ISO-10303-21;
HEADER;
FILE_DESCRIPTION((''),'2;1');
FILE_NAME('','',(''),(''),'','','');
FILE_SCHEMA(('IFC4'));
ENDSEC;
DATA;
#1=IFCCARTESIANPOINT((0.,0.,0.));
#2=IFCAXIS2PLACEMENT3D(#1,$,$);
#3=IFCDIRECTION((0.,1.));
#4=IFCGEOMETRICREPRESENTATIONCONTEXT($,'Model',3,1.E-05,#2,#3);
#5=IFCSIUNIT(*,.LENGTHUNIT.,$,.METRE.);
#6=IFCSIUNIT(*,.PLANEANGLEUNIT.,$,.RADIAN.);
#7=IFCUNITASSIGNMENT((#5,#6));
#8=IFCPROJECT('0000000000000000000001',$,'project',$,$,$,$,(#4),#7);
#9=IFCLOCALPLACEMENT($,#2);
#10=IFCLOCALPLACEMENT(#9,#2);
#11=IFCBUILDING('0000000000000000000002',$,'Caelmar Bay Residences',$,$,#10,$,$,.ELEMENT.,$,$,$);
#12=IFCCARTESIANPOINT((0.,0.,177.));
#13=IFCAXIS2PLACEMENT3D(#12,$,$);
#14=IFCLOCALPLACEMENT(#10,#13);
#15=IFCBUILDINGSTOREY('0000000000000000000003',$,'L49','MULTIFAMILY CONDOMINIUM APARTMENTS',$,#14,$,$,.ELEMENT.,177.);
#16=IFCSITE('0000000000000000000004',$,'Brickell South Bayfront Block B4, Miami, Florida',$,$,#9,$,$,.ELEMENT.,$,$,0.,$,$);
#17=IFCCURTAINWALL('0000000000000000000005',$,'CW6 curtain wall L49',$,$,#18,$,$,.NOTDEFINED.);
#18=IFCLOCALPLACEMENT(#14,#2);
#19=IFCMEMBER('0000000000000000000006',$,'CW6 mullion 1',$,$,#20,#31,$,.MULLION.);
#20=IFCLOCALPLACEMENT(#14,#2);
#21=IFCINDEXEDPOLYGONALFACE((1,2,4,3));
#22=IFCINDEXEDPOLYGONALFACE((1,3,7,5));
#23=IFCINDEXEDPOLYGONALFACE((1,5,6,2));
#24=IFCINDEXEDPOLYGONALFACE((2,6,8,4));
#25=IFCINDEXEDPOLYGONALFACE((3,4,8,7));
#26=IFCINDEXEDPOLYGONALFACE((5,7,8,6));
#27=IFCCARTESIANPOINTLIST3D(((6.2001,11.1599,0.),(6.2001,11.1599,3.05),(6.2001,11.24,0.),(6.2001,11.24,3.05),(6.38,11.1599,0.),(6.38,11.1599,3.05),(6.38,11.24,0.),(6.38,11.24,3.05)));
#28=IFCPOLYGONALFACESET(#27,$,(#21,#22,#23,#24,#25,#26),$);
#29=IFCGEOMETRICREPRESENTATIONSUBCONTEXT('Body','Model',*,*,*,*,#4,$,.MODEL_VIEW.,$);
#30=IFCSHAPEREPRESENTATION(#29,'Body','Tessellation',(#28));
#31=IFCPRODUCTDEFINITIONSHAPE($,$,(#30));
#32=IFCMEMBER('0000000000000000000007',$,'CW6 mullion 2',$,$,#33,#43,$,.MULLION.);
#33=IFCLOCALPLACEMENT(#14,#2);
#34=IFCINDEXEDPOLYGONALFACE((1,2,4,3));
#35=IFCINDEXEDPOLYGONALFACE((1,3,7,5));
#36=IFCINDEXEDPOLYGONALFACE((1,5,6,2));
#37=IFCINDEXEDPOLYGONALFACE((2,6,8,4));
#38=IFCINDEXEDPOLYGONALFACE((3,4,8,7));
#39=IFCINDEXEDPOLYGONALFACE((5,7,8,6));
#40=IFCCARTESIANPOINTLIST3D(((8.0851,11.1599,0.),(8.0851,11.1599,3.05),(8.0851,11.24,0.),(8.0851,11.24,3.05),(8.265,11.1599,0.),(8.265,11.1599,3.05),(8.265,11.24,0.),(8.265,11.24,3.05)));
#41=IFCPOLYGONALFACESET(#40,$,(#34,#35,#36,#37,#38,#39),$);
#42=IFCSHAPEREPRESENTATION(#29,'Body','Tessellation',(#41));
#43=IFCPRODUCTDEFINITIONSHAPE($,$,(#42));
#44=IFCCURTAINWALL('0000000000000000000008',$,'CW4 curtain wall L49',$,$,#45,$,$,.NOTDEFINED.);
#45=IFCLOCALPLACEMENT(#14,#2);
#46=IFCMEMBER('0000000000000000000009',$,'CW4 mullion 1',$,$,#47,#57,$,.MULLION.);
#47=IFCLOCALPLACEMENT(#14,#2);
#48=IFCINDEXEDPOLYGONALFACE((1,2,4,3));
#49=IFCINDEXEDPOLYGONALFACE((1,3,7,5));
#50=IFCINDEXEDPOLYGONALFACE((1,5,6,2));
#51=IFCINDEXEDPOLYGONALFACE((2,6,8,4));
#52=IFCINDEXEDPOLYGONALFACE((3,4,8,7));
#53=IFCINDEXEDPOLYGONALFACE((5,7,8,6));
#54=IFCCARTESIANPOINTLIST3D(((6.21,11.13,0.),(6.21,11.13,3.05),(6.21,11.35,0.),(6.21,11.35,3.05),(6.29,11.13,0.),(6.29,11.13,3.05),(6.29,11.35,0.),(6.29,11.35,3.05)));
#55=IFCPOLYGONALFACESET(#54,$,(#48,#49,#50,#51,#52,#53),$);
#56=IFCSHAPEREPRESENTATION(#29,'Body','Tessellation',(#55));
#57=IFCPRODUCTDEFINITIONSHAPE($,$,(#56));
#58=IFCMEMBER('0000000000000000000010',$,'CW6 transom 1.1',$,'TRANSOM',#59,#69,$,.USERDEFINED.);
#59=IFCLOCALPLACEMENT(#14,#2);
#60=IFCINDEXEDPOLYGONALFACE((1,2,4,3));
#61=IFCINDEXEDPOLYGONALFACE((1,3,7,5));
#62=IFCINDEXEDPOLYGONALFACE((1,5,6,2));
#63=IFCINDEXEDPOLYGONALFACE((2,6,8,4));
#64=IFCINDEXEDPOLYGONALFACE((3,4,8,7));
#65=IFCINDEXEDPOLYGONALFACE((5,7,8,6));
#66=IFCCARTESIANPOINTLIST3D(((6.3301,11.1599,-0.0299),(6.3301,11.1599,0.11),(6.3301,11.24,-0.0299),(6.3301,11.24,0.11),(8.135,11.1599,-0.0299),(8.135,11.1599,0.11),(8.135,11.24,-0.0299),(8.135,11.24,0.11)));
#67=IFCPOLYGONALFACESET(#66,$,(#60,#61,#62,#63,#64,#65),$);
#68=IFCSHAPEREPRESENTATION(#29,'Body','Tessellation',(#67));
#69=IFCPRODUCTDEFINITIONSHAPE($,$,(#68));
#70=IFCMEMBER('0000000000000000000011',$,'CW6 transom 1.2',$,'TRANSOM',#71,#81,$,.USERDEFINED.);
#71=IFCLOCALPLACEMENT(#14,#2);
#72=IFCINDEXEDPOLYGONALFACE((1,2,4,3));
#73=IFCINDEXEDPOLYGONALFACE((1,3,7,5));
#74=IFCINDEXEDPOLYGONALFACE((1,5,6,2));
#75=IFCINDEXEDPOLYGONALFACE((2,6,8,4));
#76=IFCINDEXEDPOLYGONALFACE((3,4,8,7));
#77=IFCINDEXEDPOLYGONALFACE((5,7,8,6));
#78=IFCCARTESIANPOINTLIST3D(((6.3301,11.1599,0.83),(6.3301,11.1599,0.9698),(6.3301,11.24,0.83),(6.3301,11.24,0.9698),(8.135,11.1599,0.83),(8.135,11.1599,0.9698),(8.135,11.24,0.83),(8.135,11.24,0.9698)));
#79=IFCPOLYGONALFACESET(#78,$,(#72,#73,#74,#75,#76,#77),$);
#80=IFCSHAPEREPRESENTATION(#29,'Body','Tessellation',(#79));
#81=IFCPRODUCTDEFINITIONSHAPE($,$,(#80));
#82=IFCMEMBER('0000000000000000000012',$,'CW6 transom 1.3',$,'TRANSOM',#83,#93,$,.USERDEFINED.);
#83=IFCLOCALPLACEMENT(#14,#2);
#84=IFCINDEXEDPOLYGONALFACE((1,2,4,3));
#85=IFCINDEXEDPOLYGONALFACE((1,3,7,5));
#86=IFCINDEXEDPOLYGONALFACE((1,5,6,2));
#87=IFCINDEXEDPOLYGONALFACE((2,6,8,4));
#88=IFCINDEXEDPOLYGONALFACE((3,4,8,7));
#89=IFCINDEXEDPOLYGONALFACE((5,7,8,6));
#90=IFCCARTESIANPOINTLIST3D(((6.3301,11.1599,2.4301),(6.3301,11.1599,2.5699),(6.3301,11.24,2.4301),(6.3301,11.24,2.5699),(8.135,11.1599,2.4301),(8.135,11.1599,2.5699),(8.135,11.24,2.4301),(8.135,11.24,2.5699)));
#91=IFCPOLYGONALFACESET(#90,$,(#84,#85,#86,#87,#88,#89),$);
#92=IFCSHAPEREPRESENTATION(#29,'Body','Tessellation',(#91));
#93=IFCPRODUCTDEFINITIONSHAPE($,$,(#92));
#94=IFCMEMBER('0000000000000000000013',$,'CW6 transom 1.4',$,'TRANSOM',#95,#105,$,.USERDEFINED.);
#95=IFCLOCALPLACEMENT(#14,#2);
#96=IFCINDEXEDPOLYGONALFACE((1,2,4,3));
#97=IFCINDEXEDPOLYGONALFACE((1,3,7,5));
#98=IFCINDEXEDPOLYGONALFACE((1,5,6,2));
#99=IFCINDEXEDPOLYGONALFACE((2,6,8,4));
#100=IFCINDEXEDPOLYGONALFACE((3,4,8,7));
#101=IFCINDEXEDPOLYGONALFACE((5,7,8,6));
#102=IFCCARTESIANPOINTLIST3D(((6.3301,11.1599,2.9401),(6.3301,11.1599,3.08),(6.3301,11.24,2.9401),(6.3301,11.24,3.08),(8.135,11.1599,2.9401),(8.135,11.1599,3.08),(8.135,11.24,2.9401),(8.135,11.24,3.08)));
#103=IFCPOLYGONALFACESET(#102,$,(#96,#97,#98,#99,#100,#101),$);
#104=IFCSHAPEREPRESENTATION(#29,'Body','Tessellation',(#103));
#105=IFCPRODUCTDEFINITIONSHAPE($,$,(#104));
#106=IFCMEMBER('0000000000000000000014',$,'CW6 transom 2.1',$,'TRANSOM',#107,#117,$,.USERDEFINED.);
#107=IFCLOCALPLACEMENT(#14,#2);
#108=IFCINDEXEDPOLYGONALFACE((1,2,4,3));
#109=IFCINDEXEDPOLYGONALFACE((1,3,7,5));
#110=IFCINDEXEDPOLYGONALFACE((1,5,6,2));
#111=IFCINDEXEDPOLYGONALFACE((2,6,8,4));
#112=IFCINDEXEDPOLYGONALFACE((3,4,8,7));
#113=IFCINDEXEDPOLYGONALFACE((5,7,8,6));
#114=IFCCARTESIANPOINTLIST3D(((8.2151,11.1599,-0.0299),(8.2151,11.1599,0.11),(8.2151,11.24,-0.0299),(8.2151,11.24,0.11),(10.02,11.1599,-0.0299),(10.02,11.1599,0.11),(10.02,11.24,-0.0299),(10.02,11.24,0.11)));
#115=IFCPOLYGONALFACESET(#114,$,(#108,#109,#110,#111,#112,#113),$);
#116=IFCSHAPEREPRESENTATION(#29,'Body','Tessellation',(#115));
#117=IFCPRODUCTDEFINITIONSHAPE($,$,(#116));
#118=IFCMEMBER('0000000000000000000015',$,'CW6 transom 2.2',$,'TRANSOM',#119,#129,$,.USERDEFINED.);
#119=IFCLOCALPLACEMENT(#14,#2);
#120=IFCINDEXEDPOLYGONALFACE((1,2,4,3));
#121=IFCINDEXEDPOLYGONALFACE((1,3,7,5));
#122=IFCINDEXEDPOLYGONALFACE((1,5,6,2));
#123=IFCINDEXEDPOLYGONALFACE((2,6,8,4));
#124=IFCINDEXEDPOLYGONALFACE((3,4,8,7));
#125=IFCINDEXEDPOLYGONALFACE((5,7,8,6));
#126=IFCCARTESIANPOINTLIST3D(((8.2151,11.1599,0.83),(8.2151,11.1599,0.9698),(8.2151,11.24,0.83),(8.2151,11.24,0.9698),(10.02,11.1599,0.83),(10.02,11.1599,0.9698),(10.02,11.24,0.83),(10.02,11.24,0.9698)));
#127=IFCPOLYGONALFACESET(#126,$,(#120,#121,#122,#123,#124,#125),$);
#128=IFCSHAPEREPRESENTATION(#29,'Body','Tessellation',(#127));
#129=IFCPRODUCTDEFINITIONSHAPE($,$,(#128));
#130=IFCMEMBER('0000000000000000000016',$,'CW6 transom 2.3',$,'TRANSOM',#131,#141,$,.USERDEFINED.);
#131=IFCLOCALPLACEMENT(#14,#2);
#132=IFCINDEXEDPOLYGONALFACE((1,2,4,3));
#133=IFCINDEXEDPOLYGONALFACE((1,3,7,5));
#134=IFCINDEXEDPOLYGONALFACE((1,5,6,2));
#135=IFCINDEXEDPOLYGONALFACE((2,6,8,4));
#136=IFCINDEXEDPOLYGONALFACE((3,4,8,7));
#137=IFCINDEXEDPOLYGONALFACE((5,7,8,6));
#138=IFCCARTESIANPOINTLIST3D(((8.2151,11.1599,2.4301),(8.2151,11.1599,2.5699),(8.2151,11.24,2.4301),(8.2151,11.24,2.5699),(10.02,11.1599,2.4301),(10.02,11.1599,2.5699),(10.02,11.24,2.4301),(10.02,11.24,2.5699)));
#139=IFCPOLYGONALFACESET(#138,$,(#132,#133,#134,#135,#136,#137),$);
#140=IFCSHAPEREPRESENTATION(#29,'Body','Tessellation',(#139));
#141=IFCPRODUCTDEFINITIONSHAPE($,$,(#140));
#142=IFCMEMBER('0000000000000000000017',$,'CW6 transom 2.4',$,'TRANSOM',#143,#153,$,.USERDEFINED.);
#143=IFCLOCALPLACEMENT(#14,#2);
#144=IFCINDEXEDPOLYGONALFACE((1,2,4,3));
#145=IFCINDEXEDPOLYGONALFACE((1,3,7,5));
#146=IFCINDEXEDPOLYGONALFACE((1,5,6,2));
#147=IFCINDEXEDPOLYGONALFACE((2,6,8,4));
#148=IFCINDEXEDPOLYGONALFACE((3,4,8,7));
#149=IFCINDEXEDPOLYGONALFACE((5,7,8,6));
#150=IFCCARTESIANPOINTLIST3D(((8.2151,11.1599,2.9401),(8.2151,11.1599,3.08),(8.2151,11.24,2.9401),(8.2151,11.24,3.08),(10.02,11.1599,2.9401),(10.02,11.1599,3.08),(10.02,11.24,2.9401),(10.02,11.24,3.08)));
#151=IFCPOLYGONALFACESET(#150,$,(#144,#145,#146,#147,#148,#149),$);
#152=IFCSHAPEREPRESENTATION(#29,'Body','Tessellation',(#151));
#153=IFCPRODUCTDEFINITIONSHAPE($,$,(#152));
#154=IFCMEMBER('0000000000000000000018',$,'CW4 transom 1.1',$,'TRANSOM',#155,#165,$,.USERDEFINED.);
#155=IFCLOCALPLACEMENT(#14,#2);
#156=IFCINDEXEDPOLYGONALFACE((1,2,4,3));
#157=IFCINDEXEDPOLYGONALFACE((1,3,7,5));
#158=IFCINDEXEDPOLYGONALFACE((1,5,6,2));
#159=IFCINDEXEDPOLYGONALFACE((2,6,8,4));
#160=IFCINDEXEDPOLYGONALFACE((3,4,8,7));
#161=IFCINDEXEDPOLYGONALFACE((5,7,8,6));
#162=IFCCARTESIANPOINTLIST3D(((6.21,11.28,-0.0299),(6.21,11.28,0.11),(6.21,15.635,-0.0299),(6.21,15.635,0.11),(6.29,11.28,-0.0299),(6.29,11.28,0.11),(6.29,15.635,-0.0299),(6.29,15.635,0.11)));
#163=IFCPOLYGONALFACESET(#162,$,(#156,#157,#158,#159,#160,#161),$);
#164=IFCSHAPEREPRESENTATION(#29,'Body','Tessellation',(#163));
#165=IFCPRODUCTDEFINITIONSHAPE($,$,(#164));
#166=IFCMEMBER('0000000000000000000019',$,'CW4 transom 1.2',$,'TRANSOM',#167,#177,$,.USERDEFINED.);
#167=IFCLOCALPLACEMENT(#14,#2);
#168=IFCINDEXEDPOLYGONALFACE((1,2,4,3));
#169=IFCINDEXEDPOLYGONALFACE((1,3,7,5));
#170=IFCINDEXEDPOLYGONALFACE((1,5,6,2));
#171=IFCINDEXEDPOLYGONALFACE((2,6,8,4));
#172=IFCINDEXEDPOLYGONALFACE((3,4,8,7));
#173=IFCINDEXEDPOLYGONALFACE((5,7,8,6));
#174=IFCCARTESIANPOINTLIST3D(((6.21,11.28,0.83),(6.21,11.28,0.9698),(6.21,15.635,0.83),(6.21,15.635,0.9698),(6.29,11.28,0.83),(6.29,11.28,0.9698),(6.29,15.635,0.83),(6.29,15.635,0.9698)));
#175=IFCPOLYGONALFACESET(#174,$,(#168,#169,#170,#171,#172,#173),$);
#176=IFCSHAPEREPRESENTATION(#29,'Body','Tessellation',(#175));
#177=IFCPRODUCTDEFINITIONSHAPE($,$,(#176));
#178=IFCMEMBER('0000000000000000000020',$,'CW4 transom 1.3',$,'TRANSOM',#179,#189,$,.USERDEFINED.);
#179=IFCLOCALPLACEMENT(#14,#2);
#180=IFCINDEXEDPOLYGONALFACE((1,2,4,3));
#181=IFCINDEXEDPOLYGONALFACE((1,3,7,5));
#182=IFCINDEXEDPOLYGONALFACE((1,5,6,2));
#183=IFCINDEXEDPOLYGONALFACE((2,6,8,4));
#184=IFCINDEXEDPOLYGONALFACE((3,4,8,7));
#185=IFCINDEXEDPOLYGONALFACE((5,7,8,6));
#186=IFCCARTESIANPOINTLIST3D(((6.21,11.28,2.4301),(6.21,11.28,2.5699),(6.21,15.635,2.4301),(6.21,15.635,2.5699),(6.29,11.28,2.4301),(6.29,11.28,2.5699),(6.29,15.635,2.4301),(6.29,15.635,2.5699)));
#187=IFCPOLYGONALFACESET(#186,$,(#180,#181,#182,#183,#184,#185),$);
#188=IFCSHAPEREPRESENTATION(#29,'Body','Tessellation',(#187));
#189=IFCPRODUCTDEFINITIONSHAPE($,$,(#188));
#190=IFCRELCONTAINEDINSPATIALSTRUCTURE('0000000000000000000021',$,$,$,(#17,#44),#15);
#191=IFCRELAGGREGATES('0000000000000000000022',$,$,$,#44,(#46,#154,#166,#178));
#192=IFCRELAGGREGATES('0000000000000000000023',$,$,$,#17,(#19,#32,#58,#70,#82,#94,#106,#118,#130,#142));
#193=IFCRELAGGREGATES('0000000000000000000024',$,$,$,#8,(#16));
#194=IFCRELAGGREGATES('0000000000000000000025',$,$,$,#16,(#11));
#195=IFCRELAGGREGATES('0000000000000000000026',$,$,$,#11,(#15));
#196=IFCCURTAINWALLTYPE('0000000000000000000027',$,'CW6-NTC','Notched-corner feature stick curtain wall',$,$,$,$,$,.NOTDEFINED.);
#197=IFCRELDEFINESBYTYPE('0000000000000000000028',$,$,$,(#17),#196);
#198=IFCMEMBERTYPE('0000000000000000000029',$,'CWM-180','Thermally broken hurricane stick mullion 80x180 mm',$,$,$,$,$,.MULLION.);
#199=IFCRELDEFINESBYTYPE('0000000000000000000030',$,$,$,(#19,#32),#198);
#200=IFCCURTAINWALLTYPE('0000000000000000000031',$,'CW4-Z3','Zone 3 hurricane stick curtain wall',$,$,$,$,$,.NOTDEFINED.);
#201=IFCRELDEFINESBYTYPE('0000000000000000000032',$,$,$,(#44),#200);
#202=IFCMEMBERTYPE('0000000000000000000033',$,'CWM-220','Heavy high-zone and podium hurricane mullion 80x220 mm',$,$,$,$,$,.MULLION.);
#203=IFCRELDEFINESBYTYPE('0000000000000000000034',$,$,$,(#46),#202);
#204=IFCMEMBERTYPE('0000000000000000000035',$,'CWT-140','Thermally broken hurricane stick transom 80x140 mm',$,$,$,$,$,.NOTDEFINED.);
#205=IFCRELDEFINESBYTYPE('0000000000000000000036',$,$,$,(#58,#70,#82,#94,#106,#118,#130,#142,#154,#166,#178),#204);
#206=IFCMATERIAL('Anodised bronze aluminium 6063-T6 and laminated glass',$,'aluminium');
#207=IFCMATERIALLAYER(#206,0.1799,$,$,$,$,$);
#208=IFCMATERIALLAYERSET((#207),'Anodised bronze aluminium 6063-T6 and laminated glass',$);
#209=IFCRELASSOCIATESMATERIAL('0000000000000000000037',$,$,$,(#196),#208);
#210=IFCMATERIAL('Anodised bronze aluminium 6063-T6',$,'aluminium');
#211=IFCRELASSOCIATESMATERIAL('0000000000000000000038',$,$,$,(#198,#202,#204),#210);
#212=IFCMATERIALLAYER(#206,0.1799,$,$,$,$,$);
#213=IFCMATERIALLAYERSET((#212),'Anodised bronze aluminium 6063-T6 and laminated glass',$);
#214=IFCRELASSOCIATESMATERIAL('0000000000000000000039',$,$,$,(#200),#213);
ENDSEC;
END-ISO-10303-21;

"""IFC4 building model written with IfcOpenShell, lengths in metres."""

from ifc_helpers import new_model, si_unit, direction, frame, origin, origin_2d, place, context, subcontext, project, spatial, rectangle, extrude, material, layer, layer_set, material_profile, profile_set, type_object, element, aggregate, save


model = new_model("IFC4")

# Units and contexts
model_context = context("Model", 3, precision=1e-05, world=origin(), true_north=direction((0.0, 1.0)))
body_context = subcontext(model_context, "Body", "Model", "MODEL_VIEW")
ifc_project = project(units=[si_unit("LENGTHUNIT", "METRE"), si_unit("PLANEANGLEUNIT", "RADIAN")], contexts=[model_context])

# Site, building, storey
site_placement = place(None, origin())
site = spatial("IfcSite", under=ifc_project, at=site_placement, Name="Brickell South Bayfront Block B4, Miami, Florida", CompositionType="ELEMENT", RefElevation=0.0)
building_placement = place(site_placement, origin())
building = spatial("IfcBuilding", under=site, at=building_placement, Name="Caelmar Bay Residences", CompositionType="ELEMENT")
storey_placement = place(building_placement, frame((0.0, 0.0, 177.0)))
storey = spatial("IfcBuildingStorey", under=building, at=storey_placement, Name="L49", Description="MULTIFAMILY CONDOMINIUM APARTMENTS", CompositionType="ELEMENT", Elevation=177.0)

# Curtain wall, members
ifc_material_1 = material(Name="Anodised bronze aluminium 6063-T6 and laminated glass", Category="aluminium")
ifc_layer_1 = layer(ifc_material_1, 0.1799)
ifc_layer_set_1 = layer_set([ifc_layer_1], Name="Anodised bronze aluminium 6063-T6 and laminated glass")
curtain_wall_type_1 = type_object("IfcCurtainWallType", Name="CW6-NTC", Description="Notched-corner feature stick curtain wall", PredefinedType="NOTDEFINED", material=ifc_layer_set_1)
curtain_wall_1_placement = place(storey_placement, origin())
curtain_wall_1 = element("IfcCurtainWall", 1, at=curtain_wall_1_placement, inside=storey, type_object=curtain_wall_type_1, Name="CW6 curtain wall L49", PredefinedType="NOTDEFINED")
ifc_material_2 = material(Name="Anodised bronze aluminium 6063-T6", Category="aluminium")
ifc_material_profile_1 = material_profile(ifc_material_2, rectangle(XDim=0.0801, YDim=0.1799, at=origin_2d()), Name="CWM-80X180")
ifc_profile_set_1 = profile_set([ifc_material_profile_1], Name="Anodised bronze aluminium 6063-T6")
member_type_1 = type_object("IfcMemberType", Name="CWM-180", Description="Thermally broken hurricane stick mullion 80x180 mm", PredefinedType="MULLION", material=ifc_profile_set_1)
member_1_placement = place(storey_placement, frame((6.29, 11.2, 0.0), z_axis=(0.0, 0.0, 1.0), x_axis=(0.0, 1.0, 0.0)))
member_1 = element("IfcMember", 2, at=member_1_placement, type_object=member_type_1, Name="CW6 mullion 1", PredefinedType="MULLION", context=body_context, shape_type="SweptSolid", body=[
    extrude(rectangle(XDim=0.0801, YDim=0.1799, at=origin_2d()), origin(), (0.0, 0.0, 1.0), 3.05),
])
member_2_placement = place(storey_placement, frame((8.175, 11.2, 0.0), z_axis=(0.0, 0.0, 1.0), x_axis=(0.0, 1.0, 0.0)))
member_2 = element("IfcMember", 3, at=member_2_placement, type_object=member_type_1, Name="CW6 mullion 2", PredefinedType="MULLION", context=body_context, shape_type="SweptSolid", body=[
    extrude(rectangle(XDim=0.0801, YDim=0.1799, at=origin_2d()), origin(), (0.0, 0.0, 1.0), 3.05),
])

# Curtain wall, member
ifc_layer_2 = layer(ifc_material_1, 0.1799)
ifc_layer_set_2 = layer_set([ifc_layer_2], Name="Anodised bronze aluminium 6063-T6 and laminated glass")
curtain_wall_type_2 = type_object("IfcCurtainWallType", Name="CW4-Z3", Description="Zone 3 hurricane stick curtain wall", PredefinedType="NOTDEFINED", material=ifc_layer_set_2)
curtain_wall_2_placement = place(storey_placement, origin())
curtain_wall_2 = element("IfcCurtainWall", 4, at=curtain_wall_2_placement, inside=storey, type_object=curtain_wall_type_2, Name="CW4 curtain wall L49", PredefinedType="NOTDEFINED")
ifc_material_profile_2 = material_profile(ifc_material_2, rectangle(XDim=0.0801, YDim=0.22, at=origin_2d()), Name="CWM-80X220")
ifc_profile_set_2 = profile_set([ifc_material_profile_2], Name="Anodised bronze aluminium 6063-T6")
member_type_2 = type_object("IfcMemberType", Name="CWM-220", Description="Heavy high-zone and podium hurricane mullion 80x220 mm", PredefinedType="MULLION", material=ifc_profile_set_2)
member_3_placement = place(storey_placement, frame((6.25, 11.24, 0.0), z_axis=(0.0, 0.0, 1.0), x_axis=(-1.0, 0.0, 0.0)))
member_3 = element("IfcMember", 5, at=member_3_placement, type_object=member_type_2, Name="CW4 mullion 1", PredefinedType="MULLION", context=body_context, shape_type="SweptSolid", body=[
    extrude(rectangle(XDim=0.0801, YDim=0.22, at=origin_2d()), origin(), (0.0, 0.0, 1.0), 3.05),
])

# Members
ifc_material_profile_3 = material_profile(ifc_material_2, rectangle(XDim=0.0801, YDim=0.1399, at=origin_2d()), Name="CWT-80X140")
ifc_profile_set_3 = profile_set([ifc_material_profile_3], Name="Anodised bronze aluminium 6063-T6")
member_type_3 = type_object("IfcMemberType", Name="CWT-140", Description="Thermally broken hurricane stick transom 80x140 mm", PredefinedType="NOTDEFINED", material=ifc_profile_set_3)
member_4_placement = place(storey_placement, frame((6.3301, 11.2, 0.04), z_axis=(1.0, 0.0, 0.0), x_axis=(0.0, 1.0, 0.0)))
member_4 = element("IfcMember", 6, at=member_4_placement, type_object=member_type_3, Name="CW6 transom 1.1", ObjectType="TRANSOM", PredefinedType="USERDEFINED", context=body_context, shape_type="SweptSolid", body=[
    extrude(rectangle(XDim=0.0801, YDim=0.1399, at=origin_2d()), origin(), (0.0, 0.0, 1.0), 1.8049),
])
member_5_placement = place(storey_placement, frame((6.3301, 11.2, 0.8999), z_axis=(1.0, 0.0, 0.0), x_axis=(0.0, 1.0, 0.0)))
member_5 = element("IfcMember", 7, at=member_5_placement, type_object=member_type_3, Name="CW6 transom 1.2", ObjectType="TRANSOM", PredefinedType="USERDEFINED", context=body_context, shape_type="SweptSolid", body=[
    extrude(rectangle(XDim=0.0801, YDim=0.1399, at=origin_2d()), origin(), (0.0, 0.0, 1.0), 1.8049),
])
member_6_placement = place(storey_placement, frame((6.3301, 11.2, 2.5), z_axis=(1.0, 0.0, 0.0), x_axis=(0.0, 1.0, 0.0)))
member_6 = element("IfcMember", 8, at=member_6_placement, type_object=member_type_3, Name="CW6 transom 1.3", ObjectType="TRANSOM", PredefinedType="USERDEFINED", context=body_context, shape_type="SweptSolid", body=[
    extrude(rectangle(XDim=0.0801, YDim=0.1399, at=origin_2d()), origin(), (0.0, 0.0, 1.0), 1.8049),
])
member_7_placement = place(storey_placement, frame((6.3301, 11.2, 3.01), z_axis=(1.0, 0.0, 0.0), x_axis=(0.0, 1.0, 0.0)))
member_7 = element("IfcMember", 9, at=member_7_placement, type_object=member_type_3, Name="CW6 transom 1.4", ObjectType="TRANSOM", PredefinedType="USERDEFINED", context=body_context, shape_type="SweptSolid", body=[
    extrude(rectangle(XDim=0.0801, YDim=0.1399, at=origin_2d()), origin(), (0.0, 0.0, 1.0), 1.8049),
])
member_8_placement = place(storey_placement, frame((8.2151, 11.2, 0.04), z_axis=(1.0, 0.0, 0.0), x_axis=(0.0, 1.0, 0.0)))
member_8 = element("IfcMember", 10, at=member_8_placement, type_object=member_type_3, Name="CW6 transom 2.1", ObjectType="TRANSOM", PredefinedType="USERDEFINED", context=body_context, shape_type="SweptSolid", body=[
    extrude(rectangle(XDim=0.0801, YDim=0.1399, at=origin_2d()), origin(), (0.0, 0.0, 1.0), 1.8049),
])
member_9_placement = place(storey_placement, frame((8.2151, 11.2, 0.8999), z_axis=(1.0, 0.0, 0.0), x_axis=(0.0, 1.0, 0.0)))
member_9 = element("IfcMember", 11, at=member_9_placement, type_object=member_type_3, Name="CW6 transom 2.2", ObjectType="TRANSOM", PredefinedType="USERDEFINED", context=body_context, shape_type="SweptSolid", body=[
    extrude(rectangle(XDim=0.0801, YDim=0.1399, at=origin_2d()), origin(), (0.0, 0.0, 1.0), 1.8049),
])
member_10_placement = place(storey_placement, frame((8.2151, 11.2, 2.5), z_axis=(1.0, 0.0, 0.0), x_axis=(0.0, 1.0, 0.0)))
member_10 = element("IfcMember", 12, at=member_10_placement, type_object=member_type_3, Name="CW6 transom 2.3", ObjectType="TRANSOM", PredefinedType="USERDEFINED", context=body_context, shape_type="SweptSolid", body=[
    extrude(rectangle(XDim=0.0801, YDim=0.1399, at=origin_2d()), origin(), (0.0, 0.0, 1.0), 1.8049),
])
member_11_placement = place(storey_placement, frame((8.2151, 11.2, 3.01), z_axis=(1.0, 0.0, 0.0), x_axis=(0.0, 1.0, 0.0)))
member_11 = element("IfcMember", 13, at=member_11_placement, type_object=member_type_3, Name="CW6 transom 2.4", ObjectType="TRANSOM", PredefinedType="USERDEFINED", context=body_context, shape_type="SweptSolid", body=[
    extrude(rectangle(XDim=0.0801, YDim=0.1399, at=origin_2d()), origin(), (0.0, 0.0, 1.0), 1.8049),
])
member_12_placement = place(storey_placement, frame((6.25, 11.28, 0.04), z_axis=(0.0, 1.0, 0.0), x_axis=(-1.0, 0.0, 0.0)))
member_12 = element("IfcMember", 14, at=member_12_placement, type_object=member_type_3, Name="CW4 transom 1.1", ObjectType="TRANSOM", PredefinedType="USERDEFINED", context=body_context, shape_type="SweptSolid", body=[
    extrude(rectangle(XDim=0.0801, YDim=0.1399, at=origin_2d()), origin(), (0.0, 0.0, 1.0), 4.355),
])
member_13_placement = place(storey_placement, frame((6.25, 11.28, 0.8999), z_axis=(0.0, 1.0, 0.0), x_axis=(-1.0, 0.0, 0.0)))
member_13 = element("IfcMember", 15, at=member_13_placement, type_object=member_type_3, Name="CW4 transom 1.2", ObjectType="TRANSOM", PredefinedType="USERDEFINED", context=body_context, shape_type="SweptSolid", body=[
    extrude(rectangle(XDim=0.0801, YDim=0.1399, at=origin_2d()), origin(), (0.0, 0.0, 1.0), 4.355),
])
member_14_placement = place(storey_placement, frame((6.25, 11.28, 2.5), z_axis=(0.0, 1.0, 0.0), x_axis=(-1.0, 0.0, 0.0)))
member_14 = element("IfcMember", 16, at=member_14_placement, type_object=member_type_3, Name="CW4 transom 1.3", ObjectType="TRANSOM", PredefinedType="USERDEFINED", context=body_context, shape_type="SweptSolid", body=[
    extrude(rectangle(XDim=0.0801, YDim=0.1399, at=origin_2d()), origin(), (0.0, 0.0, 1.0), 4.355),
])
aggregate(curtain_wall_2, [member_3, member_12, member_13, member_14])

aggregate(curtain_wall_1, [member_1, member_2, member_4, member_5, member_6, member_7, member_8, member_9, member_10, member_11])

save(model, "model.ifc")
